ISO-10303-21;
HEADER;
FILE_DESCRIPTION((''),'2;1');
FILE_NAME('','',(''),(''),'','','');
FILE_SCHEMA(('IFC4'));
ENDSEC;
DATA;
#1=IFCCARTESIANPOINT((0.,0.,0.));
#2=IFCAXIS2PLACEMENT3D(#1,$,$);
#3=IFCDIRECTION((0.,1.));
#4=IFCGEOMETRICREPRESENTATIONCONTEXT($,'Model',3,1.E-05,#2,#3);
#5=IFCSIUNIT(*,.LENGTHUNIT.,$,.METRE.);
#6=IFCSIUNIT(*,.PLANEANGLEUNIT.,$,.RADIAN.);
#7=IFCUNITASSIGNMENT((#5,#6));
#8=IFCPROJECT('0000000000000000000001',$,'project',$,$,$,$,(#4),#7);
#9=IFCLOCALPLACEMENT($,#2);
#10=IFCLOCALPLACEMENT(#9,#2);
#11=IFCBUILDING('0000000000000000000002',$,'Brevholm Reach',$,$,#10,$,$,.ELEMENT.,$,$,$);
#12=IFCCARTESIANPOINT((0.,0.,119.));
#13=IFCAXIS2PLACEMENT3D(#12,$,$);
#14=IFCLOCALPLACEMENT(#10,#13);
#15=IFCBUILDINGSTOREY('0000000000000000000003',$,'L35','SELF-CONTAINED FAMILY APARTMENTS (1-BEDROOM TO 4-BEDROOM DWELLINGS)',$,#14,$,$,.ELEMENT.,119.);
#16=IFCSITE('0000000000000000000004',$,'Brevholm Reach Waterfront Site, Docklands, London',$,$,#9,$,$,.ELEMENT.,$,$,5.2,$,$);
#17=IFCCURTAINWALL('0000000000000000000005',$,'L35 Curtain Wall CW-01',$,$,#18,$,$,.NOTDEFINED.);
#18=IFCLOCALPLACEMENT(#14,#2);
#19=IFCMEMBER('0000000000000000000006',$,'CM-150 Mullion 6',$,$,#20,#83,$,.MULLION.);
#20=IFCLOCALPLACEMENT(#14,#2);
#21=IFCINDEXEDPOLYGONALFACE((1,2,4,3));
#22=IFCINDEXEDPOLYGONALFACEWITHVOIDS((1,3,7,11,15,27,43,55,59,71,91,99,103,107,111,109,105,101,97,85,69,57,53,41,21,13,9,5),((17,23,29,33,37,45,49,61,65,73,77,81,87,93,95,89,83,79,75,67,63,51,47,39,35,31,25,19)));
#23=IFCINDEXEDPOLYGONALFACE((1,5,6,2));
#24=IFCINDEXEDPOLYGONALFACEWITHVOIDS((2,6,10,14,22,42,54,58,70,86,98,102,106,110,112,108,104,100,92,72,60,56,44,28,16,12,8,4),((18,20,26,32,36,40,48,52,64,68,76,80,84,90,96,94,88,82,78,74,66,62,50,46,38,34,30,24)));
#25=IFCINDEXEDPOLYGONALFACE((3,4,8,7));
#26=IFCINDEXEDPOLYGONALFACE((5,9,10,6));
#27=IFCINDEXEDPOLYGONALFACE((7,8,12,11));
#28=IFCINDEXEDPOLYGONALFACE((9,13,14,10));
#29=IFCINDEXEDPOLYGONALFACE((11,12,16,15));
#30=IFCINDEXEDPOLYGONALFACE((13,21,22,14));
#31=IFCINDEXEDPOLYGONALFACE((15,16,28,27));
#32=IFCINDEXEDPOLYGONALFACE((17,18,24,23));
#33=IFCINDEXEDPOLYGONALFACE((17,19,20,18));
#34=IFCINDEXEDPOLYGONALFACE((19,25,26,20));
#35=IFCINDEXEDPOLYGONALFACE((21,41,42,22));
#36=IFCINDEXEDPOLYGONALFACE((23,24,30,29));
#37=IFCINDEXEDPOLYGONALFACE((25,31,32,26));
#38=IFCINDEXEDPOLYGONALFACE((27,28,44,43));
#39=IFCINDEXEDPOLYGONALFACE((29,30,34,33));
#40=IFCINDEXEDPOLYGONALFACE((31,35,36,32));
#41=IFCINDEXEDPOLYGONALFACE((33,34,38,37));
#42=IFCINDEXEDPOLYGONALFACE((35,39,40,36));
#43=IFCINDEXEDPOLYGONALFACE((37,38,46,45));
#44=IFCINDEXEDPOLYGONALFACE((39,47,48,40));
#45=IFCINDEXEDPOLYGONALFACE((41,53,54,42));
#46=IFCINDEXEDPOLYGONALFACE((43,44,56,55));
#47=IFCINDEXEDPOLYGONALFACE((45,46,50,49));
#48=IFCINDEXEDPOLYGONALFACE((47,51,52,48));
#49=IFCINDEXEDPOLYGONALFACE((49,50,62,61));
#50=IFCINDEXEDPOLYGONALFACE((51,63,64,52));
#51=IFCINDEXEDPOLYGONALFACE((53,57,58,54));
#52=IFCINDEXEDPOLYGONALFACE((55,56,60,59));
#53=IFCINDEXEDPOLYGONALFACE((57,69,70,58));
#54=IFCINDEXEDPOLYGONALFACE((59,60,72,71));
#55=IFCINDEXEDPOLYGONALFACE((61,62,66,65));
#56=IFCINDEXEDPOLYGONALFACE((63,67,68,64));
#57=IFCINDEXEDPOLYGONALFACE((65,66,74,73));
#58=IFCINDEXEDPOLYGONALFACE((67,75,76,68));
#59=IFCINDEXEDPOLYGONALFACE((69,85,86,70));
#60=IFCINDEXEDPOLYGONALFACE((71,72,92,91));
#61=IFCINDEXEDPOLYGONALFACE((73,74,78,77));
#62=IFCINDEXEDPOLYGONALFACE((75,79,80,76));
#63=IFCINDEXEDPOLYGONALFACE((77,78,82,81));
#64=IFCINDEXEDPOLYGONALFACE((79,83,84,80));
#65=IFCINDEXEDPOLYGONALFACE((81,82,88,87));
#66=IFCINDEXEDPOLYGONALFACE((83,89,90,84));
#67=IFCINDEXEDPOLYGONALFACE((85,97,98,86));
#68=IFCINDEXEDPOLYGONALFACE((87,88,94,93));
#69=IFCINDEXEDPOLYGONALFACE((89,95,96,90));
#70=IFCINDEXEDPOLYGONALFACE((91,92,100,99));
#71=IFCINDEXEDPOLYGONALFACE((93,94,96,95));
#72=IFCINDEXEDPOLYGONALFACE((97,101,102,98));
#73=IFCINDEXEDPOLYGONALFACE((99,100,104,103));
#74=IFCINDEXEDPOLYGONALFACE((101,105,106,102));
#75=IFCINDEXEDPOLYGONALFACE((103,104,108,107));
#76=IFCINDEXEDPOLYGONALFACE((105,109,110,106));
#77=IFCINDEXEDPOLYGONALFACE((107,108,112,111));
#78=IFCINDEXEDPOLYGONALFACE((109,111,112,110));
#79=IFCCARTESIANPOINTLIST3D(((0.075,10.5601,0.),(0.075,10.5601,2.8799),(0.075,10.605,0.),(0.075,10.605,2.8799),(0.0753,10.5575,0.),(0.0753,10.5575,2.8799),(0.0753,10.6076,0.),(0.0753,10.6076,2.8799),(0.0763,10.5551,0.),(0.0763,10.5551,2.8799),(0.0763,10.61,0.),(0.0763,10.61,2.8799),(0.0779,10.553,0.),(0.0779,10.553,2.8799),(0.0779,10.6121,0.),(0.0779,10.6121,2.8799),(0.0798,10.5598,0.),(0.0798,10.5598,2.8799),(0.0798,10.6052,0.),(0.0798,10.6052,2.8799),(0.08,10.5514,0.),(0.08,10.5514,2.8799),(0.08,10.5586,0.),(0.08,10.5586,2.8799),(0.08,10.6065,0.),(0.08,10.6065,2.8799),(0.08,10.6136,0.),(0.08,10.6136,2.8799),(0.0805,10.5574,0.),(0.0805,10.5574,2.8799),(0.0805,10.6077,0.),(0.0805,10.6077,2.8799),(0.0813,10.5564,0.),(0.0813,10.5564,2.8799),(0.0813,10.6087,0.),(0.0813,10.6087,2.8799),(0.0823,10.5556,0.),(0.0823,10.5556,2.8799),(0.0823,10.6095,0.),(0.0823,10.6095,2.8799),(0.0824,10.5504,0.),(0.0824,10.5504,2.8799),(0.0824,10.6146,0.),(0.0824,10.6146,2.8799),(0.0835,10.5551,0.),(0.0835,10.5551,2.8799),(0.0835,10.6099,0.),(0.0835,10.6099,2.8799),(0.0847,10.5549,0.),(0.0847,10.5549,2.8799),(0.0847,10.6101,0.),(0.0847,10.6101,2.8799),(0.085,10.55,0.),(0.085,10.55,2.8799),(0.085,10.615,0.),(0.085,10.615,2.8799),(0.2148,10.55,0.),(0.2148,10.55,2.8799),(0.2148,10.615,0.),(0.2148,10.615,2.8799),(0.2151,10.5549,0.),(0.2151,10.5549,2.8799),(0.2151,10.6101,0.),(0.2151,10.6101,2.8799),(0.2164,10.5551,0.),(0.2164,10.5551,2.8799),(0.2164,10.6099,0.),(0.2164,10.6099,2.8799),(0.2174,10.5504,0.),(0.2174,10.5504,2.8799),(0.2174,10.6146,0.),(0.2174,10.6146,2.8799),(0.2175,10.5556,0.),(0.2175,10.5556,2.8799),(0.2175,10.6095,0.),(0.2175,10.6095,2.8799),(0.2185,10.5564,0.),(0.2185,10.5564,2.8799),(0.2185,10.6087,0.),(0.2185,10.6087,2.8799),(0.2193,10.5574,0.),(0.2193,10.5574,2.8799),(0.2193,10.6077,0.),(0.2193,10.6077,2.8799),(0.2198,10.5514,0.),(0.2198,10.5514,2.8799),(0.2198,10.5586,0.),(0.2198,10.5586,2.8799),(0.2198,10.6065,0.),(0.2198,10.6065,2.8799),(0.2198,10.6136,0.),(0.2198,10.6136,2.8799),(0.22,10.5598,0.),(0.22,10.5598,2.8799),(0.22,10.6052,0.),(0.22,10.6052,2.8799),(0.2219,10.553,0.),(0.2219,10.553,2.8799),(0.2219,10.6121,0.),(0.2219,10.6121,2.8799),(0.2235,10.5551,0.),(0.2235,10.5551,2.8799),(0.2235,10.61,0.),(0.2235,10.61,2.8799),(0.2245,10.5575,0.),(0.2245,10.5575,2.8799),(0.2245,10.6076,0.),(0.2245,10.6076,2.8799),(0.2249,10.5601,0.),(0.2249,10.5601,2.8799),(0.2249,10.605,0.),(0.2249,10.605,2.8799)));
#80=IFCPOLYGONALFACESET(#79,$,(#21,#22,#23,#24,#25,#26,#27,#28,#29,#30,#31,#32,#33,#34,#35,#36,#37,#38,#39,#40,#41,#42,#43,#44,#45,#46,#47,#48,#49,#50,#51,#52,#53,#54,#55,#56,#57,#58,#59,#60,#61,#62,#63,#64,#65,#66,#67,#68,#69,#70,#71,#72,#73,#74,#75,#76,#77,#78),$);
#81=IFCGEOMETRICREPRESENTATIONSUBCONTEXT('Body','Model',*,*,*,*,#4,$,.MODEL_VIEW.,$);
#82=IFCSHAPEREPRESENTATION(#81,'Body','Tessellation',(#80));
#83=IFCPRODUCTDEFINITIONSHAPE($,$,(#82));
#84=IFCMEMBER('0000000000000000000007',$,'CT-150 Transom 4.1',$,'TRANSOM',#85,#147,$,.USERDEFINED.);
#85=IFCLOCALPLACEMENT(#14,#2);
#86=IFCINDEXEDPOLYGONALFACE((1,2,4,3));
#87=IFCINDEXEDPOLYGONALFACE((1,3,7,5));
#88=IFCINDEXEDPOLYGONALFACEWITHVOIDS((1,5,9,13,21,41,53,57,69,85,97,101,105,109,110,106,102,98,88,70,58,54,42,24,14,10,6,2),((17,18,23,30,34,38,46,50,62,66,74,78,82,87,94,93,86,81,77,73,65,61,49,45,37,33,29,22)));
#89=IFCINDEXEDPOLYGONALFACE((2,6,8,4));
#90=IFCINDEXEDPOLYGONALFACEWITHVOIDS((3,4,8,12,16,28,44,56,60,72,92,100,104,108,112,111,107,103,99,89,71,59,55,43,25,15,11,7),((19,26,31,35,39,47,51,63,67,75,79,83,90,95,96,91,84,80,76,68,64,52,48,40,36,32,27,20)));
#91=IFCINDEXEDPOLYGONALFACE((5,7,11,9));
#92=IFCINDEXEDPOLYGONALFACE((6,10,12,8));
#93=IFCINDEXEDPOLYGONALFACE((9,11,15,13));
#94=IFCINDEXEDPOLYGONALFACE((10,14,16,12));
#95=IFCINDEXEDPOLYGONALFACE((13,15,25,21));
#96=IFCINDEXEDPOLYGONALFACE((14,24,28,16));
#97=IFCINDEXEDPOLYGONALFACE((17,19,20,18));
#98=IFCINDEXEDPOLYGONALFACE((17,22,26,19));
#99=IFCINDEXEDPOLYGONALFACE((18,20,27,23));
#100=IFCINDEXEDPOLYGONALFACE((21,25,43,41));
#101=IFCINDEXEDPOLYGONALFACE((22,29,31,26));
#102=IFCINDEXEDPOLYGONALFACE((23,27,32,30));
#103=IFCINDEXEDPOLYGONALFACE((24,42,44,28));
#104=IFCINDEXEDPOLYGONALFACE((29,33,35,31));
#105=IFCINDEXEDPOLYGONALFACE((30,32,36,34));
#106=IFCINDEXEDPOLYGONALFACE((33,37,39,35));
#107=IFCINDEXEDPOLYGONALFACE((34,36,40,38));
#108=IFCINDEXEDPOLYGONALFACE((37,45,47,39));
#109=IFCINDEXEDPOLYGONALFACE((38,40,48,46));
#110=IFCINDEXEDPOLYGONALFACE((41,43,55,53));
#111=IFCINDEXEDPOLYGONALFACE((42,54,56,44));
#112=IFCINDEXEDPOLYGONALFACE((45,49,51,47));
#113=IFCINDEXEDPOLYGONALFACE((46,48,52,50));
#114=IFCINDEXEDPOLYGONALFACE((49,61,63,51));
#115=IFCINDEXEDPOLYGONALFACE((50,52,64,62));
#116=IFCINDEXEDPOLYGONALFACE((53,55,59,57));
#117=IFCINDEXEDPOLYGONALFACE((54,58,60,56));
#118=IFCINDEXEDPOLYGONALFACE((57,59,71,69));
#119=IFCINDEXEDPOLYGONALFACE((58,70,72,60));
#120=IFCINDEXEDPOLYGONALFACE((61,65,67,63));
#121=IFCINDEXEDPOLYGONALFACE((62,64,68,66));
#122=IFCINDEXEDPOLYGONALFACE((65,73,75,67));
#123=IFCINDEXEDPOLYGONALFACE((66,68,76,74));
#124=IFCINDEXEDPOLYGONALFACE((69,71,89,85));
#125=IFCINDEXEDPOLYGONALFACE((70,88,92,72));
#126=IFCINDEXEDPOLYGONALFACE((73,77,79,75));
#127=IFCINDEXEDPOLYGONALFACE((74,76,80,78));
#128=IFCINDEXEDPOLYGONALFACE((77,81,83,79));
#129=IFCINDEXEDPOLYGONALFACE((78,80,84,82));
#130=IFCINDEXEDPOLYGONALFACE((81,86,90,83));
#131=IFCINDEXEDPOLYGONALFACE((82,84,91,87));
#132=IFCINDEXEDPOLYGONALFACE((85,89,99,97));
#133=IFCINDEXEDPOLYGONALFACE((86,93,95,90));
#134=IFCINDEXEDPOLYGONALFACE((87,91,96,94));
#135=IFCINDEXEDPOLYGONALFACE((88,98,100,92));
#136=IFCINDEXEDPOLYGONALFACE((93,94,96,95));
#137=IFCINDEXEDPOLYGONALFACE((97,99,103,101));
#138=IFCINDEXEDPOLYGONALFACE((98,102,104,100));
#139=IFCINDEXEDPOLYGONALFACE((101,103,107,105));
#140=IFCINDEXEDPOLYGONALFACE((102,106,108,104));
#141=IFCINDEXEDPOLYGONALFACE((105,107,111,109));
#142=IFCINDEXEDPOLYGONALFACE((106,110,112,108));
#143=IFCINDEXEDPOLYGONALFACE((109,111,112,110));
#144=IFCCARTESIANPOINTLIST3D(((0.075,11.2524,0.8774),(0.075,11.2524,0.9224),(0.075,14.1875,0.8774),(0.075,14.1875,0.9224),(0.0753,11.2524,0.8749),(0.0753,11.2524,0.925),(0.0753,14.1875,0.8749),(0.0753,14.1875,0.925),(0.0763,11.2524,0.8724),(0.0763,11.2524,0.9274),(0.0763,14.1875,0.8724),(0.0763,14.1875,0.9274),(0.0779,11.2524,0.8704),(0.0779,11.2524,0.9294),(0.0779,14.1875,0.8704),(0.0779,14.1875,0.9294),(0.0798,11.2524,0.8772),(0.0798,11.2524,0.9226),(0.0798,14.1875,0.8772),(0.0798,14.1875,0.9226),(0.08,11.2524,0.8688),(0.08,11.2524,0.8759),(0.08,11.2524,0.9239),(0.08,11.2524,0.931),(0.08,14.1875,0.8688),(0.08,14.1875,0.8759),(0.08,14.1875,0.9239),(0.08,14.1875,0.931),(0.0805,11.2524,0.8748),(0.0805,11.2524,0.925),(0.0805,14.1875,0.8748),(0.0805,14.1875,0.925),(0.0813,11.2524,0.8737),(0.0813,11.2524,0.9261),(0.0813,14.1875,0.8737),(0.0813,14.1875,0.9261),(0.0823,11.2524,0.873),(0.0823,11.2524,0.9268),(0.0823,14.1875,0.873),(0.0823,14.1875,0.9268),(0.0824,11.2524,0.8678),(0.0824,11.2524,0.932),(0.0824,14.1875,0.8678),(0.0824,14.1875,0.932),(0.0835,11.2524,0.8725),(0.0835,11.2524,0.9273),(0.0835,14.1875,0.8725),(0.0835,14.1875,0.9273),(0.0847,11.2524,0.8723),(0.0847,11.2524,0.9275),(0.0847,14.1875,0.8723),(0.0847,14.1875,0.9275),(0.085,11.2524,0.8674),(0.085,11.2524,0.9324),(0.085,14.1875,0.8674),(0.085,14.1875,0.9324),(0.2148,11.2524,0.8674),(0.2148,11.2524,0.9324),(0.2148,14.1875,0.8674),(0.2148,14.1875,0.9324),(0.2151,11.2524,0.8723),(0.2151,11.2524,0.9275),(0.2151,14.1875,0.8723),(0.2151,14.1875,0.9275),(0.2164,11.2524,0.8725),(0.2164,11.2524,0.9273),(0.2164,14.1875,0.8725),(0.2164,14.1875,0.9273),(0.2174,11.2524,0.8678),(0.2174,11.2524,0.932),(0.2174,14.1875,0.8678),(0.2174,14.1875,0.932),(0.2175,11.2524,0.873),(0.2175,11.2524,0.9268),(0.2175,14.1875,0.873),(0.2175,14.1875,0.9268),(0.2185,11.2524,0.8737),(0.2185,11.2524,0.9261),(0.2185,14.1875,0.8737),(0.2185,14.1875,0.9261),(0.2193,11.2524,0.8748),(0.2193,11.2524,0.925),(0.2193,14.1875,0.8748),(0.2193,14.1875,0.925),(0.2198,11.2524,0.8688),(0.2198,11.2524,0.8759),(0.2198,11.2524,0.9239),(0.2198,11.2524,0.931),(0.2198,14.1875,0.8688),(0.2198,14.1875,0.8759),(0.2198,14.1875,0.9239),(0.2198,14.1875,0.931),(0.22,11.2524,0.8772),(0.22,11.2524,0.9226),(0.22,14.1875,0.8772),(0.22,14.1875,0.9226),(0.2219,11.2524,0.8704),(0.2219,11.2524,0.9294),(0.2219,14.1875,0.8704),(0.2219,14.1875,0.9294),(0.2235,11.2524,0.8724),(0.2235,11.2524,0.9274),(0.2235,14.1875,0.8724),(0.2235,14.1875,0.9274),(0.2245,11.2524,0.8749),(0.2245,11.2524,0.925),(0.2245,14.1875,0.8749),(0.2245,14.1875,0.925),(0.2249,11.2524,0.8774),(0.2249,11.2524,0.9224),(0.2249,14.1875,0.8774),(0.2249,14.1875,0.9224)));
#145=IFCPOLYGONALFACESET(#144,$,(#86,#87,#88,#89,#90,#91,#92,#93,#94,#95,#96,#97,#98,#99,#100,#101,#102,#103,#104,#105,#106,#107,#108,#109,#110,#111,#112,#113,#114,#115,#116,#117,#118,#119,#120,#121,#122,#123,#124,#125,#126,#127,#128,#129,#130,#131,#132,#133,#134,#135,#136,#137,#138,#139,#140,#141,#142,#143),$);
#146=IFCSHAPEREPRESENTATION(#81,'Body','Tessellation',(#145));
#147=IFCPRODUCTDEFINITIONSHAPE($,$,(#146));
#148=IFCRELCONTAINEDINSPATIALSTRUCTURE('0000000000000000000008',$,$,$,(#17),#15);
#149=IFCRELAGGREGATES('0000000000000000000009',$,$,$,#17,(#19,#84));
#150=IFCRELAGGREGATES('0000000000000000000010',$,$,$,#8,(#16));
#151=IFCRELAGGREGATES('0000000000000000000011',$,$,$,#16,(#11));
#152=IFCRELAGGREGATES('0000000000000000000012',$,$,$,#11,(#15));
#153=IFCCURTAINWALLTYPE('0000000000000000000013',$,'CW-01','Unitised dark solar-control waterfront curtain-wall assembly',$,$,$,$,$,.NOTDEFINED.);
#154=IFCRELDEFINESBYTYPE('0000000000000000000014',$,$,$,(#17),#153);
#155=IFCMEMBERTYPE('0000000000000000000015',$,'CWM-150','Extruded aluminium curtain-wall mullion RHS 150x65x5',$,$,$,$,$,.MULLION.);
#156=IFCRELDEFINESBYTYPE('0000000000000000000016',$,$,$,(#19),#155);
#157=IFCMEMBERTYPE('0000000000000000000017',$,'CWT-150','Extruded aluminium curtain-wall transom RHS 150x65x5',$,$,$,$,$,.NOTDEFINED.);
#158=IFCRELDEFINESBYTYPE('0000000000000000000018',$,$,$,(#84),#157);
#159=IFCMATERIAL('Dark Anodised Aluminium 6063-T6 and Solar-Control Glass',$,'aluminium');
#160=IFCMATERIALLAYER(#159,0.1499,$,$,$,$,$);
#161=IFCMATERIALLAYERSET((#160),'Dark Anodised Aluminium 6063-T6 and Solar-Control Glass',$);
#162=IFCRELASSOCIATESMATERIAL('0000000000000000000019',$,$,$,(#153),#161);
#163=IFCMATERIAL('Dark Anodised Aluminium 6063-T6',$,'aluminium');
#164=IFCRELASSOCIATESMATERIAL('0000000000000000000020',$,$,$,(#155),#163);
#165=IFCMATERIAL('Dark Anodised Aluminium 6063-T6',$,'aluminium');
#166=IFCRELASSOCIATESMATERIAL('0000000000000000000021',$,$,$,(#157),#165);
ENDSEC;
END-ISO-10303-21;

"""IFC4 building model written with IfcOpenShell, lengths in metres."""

from ifc_helpers import new_model, si_unit, direction, frame, origin, origin_2d, place, context, subcontext, project, spatial, hollow_rectangle, extrude, material, layer, layer_set, material_profile, profile_set, type_object, element, aggregate, save


model = new_model("IFC4")

# Units and contexts
model_context = context("Model", 3, precision=1e-05, world=origin(), true_north=direction((0.0, 1.0)))
body_context = subcontext(model_context, "Body", "Model", "MODEL_VIEW")
ifc_project = project(units=[si_unit("LENGTHUNIT", "METRE"), si_unit("PLANEANGLEUNIT", "RADIAN")], contexts=[model_context])

# Site, building, storey
site_placement = place(None, origin())
site = spatial("IfcSite", under=ifc_project, at=site_placement, Name="Brevholm Reach Waterfront Site, Docklands, London", CompositionType="ELEMENT", RefElevation=5.2)
building_placement = place(site_placement, origin())
building = spatial("IfcBuilding", under=site, at=building_placement, Name="Brevholm Reach", CompositionType="ELEMENT")
storey_placement = place(building_placement, frame((0.0, 0.0, 119.0)))
storey = spatial("IfcBuildingStorey", under=building, at=storey_placement, Name="L35", Description="SELF-CONTAINED FAMILY APARTMENTS (1-BEDROOM TO 4-BEDROOM DWELLINGS)", CompositionType="ELEMENT", Elevation=119.0)

# Curtain wall, members
ifc_material_1 = material(Name="Dark Anodised Aluminium 6063-T6 and Solar-Control Glass", Category="aluminium")
ifc_layer_1 = layer(ifc_material_1, 0.1499)
ifc_layer_set_1 = layer_set([ifc_layer_1], Name="Dark Anodised Aluminium 6063-T6 and Solar-Control Glass")
curtain_wall_type = type_object("IfcCurtainWallType", Name="CW-01", Description="Unitised dark solar-control waterfront curtain-wall assembly", PredefinedType="NOTDEFINED", material=ifc_layer_set_1)
curtain_wall_placement = place(storey_placement, origin())
curtain_wall = element("IfcCurtainWall", 1, at=curtain_wall_placement, inside=storey, type_object=curtain_wall_type, Name="L35 Curtain Wall CW-01", PredefinedType="NOTDEFINED")
ifc_material_2 = material(Name="Dark Anodised Aluminium 6063-T6", Category="aluminium")
ifc_material_profile_1 = material_profile(ifc_material_2, hollow_rectangle(XDim=0.0649, YDim=0.1499, WallThickness=0.0049, InnerFilletRadius=0.0049, OuterFilletRadius=0.01, at=origin_2d()), Name="RHS 150x65x5")
ifc_profile_set_1 = profile_set([ifc_material_profile_1], Name="Dark Anodised Aluminium 6063-T6")
member_type_1 = type_object("IfcMemberType", Name="CWM-150", Description="Extruded aluminium curtain-wall mullion RHS 150x65x5", PredefinedType="MULLION", material=ifc_profile_set_1)
member_1_placement = place(storey_placement, frame((0.1499, 10.5825, 0.0), z_axis=(0.0, 0.0, 1.0), x_axis=(0.0, -1.0, 0.0)))
member_1 = element("IfcMember", 2, at=member_1_placement, type_object=member_type_1, Name="CM-150 Mullion 6", PredefinedType="MULLION", context=body_context, shape_type="SweptSolid", body=[
    extrude(hollow_rectangle(XDim=0.0649, YDim=0.1499, WallThickness=0.0049, InnerFilletRadius=0.0049, OuterFilletRadius=0.01, at=origin_2d()), origin(), (0.0, 0.0, 1.0), 2.8799),
])
ifc_material_3 = material(Name="Dark Anodised Aluminium 6063-T6", Category="aluminium")
ifc_material_profile_2 = material_profile(ifc_material_3, hollow_rectangle(XDim=0.0649, YDim=0.1499, WallThickness=0.0049, InnerFilletRadius=0.0049, OuterFilletRadius=0.01, at=origin_2d()), Name="RHS 150x65x5")
ifc_profile_set_2 = profile_set([ifc_material_profile_2], Name="Dark Anodised Aluminium 6063-T6")
member_type_2 = type_object("IfcMemberType", Name="CWT-150", Description="Extruded aluminium curtain-wall transom RHS 150x65x5", PredefinedType="NOTDEFINED", material=ifc_profile_set_2)
member_2_placement = place(storey_placement, frame((0.1499, 14.1875, 0.8999), z_axis=(0.0, -1.0, 0.0), x_axis=(0.0, 0.0, 1.0)))
member_2 = element("IfcMember", 3, at=member_2_placement, type_object=member_type_2, Name="CT-150 Transom 4.1", ObjectType="TRANSOM", PredefinedType="USERDEFINED", context=body_context, shape_type="SweptSolid", body=[
    extrude(hollow_rectangle(XDim=0.0649, YDim=0.1499, WallThickness=0.0049, InnerFilletRadius=0.0049, OuterFilletRadius=0.01, at=origin_2d()), origin(), (0.0, 0.0, 1.0), 2.9351),
])
aggregate(curtain_wall, [member_1, member_2])

save(model, "model.ifc")
